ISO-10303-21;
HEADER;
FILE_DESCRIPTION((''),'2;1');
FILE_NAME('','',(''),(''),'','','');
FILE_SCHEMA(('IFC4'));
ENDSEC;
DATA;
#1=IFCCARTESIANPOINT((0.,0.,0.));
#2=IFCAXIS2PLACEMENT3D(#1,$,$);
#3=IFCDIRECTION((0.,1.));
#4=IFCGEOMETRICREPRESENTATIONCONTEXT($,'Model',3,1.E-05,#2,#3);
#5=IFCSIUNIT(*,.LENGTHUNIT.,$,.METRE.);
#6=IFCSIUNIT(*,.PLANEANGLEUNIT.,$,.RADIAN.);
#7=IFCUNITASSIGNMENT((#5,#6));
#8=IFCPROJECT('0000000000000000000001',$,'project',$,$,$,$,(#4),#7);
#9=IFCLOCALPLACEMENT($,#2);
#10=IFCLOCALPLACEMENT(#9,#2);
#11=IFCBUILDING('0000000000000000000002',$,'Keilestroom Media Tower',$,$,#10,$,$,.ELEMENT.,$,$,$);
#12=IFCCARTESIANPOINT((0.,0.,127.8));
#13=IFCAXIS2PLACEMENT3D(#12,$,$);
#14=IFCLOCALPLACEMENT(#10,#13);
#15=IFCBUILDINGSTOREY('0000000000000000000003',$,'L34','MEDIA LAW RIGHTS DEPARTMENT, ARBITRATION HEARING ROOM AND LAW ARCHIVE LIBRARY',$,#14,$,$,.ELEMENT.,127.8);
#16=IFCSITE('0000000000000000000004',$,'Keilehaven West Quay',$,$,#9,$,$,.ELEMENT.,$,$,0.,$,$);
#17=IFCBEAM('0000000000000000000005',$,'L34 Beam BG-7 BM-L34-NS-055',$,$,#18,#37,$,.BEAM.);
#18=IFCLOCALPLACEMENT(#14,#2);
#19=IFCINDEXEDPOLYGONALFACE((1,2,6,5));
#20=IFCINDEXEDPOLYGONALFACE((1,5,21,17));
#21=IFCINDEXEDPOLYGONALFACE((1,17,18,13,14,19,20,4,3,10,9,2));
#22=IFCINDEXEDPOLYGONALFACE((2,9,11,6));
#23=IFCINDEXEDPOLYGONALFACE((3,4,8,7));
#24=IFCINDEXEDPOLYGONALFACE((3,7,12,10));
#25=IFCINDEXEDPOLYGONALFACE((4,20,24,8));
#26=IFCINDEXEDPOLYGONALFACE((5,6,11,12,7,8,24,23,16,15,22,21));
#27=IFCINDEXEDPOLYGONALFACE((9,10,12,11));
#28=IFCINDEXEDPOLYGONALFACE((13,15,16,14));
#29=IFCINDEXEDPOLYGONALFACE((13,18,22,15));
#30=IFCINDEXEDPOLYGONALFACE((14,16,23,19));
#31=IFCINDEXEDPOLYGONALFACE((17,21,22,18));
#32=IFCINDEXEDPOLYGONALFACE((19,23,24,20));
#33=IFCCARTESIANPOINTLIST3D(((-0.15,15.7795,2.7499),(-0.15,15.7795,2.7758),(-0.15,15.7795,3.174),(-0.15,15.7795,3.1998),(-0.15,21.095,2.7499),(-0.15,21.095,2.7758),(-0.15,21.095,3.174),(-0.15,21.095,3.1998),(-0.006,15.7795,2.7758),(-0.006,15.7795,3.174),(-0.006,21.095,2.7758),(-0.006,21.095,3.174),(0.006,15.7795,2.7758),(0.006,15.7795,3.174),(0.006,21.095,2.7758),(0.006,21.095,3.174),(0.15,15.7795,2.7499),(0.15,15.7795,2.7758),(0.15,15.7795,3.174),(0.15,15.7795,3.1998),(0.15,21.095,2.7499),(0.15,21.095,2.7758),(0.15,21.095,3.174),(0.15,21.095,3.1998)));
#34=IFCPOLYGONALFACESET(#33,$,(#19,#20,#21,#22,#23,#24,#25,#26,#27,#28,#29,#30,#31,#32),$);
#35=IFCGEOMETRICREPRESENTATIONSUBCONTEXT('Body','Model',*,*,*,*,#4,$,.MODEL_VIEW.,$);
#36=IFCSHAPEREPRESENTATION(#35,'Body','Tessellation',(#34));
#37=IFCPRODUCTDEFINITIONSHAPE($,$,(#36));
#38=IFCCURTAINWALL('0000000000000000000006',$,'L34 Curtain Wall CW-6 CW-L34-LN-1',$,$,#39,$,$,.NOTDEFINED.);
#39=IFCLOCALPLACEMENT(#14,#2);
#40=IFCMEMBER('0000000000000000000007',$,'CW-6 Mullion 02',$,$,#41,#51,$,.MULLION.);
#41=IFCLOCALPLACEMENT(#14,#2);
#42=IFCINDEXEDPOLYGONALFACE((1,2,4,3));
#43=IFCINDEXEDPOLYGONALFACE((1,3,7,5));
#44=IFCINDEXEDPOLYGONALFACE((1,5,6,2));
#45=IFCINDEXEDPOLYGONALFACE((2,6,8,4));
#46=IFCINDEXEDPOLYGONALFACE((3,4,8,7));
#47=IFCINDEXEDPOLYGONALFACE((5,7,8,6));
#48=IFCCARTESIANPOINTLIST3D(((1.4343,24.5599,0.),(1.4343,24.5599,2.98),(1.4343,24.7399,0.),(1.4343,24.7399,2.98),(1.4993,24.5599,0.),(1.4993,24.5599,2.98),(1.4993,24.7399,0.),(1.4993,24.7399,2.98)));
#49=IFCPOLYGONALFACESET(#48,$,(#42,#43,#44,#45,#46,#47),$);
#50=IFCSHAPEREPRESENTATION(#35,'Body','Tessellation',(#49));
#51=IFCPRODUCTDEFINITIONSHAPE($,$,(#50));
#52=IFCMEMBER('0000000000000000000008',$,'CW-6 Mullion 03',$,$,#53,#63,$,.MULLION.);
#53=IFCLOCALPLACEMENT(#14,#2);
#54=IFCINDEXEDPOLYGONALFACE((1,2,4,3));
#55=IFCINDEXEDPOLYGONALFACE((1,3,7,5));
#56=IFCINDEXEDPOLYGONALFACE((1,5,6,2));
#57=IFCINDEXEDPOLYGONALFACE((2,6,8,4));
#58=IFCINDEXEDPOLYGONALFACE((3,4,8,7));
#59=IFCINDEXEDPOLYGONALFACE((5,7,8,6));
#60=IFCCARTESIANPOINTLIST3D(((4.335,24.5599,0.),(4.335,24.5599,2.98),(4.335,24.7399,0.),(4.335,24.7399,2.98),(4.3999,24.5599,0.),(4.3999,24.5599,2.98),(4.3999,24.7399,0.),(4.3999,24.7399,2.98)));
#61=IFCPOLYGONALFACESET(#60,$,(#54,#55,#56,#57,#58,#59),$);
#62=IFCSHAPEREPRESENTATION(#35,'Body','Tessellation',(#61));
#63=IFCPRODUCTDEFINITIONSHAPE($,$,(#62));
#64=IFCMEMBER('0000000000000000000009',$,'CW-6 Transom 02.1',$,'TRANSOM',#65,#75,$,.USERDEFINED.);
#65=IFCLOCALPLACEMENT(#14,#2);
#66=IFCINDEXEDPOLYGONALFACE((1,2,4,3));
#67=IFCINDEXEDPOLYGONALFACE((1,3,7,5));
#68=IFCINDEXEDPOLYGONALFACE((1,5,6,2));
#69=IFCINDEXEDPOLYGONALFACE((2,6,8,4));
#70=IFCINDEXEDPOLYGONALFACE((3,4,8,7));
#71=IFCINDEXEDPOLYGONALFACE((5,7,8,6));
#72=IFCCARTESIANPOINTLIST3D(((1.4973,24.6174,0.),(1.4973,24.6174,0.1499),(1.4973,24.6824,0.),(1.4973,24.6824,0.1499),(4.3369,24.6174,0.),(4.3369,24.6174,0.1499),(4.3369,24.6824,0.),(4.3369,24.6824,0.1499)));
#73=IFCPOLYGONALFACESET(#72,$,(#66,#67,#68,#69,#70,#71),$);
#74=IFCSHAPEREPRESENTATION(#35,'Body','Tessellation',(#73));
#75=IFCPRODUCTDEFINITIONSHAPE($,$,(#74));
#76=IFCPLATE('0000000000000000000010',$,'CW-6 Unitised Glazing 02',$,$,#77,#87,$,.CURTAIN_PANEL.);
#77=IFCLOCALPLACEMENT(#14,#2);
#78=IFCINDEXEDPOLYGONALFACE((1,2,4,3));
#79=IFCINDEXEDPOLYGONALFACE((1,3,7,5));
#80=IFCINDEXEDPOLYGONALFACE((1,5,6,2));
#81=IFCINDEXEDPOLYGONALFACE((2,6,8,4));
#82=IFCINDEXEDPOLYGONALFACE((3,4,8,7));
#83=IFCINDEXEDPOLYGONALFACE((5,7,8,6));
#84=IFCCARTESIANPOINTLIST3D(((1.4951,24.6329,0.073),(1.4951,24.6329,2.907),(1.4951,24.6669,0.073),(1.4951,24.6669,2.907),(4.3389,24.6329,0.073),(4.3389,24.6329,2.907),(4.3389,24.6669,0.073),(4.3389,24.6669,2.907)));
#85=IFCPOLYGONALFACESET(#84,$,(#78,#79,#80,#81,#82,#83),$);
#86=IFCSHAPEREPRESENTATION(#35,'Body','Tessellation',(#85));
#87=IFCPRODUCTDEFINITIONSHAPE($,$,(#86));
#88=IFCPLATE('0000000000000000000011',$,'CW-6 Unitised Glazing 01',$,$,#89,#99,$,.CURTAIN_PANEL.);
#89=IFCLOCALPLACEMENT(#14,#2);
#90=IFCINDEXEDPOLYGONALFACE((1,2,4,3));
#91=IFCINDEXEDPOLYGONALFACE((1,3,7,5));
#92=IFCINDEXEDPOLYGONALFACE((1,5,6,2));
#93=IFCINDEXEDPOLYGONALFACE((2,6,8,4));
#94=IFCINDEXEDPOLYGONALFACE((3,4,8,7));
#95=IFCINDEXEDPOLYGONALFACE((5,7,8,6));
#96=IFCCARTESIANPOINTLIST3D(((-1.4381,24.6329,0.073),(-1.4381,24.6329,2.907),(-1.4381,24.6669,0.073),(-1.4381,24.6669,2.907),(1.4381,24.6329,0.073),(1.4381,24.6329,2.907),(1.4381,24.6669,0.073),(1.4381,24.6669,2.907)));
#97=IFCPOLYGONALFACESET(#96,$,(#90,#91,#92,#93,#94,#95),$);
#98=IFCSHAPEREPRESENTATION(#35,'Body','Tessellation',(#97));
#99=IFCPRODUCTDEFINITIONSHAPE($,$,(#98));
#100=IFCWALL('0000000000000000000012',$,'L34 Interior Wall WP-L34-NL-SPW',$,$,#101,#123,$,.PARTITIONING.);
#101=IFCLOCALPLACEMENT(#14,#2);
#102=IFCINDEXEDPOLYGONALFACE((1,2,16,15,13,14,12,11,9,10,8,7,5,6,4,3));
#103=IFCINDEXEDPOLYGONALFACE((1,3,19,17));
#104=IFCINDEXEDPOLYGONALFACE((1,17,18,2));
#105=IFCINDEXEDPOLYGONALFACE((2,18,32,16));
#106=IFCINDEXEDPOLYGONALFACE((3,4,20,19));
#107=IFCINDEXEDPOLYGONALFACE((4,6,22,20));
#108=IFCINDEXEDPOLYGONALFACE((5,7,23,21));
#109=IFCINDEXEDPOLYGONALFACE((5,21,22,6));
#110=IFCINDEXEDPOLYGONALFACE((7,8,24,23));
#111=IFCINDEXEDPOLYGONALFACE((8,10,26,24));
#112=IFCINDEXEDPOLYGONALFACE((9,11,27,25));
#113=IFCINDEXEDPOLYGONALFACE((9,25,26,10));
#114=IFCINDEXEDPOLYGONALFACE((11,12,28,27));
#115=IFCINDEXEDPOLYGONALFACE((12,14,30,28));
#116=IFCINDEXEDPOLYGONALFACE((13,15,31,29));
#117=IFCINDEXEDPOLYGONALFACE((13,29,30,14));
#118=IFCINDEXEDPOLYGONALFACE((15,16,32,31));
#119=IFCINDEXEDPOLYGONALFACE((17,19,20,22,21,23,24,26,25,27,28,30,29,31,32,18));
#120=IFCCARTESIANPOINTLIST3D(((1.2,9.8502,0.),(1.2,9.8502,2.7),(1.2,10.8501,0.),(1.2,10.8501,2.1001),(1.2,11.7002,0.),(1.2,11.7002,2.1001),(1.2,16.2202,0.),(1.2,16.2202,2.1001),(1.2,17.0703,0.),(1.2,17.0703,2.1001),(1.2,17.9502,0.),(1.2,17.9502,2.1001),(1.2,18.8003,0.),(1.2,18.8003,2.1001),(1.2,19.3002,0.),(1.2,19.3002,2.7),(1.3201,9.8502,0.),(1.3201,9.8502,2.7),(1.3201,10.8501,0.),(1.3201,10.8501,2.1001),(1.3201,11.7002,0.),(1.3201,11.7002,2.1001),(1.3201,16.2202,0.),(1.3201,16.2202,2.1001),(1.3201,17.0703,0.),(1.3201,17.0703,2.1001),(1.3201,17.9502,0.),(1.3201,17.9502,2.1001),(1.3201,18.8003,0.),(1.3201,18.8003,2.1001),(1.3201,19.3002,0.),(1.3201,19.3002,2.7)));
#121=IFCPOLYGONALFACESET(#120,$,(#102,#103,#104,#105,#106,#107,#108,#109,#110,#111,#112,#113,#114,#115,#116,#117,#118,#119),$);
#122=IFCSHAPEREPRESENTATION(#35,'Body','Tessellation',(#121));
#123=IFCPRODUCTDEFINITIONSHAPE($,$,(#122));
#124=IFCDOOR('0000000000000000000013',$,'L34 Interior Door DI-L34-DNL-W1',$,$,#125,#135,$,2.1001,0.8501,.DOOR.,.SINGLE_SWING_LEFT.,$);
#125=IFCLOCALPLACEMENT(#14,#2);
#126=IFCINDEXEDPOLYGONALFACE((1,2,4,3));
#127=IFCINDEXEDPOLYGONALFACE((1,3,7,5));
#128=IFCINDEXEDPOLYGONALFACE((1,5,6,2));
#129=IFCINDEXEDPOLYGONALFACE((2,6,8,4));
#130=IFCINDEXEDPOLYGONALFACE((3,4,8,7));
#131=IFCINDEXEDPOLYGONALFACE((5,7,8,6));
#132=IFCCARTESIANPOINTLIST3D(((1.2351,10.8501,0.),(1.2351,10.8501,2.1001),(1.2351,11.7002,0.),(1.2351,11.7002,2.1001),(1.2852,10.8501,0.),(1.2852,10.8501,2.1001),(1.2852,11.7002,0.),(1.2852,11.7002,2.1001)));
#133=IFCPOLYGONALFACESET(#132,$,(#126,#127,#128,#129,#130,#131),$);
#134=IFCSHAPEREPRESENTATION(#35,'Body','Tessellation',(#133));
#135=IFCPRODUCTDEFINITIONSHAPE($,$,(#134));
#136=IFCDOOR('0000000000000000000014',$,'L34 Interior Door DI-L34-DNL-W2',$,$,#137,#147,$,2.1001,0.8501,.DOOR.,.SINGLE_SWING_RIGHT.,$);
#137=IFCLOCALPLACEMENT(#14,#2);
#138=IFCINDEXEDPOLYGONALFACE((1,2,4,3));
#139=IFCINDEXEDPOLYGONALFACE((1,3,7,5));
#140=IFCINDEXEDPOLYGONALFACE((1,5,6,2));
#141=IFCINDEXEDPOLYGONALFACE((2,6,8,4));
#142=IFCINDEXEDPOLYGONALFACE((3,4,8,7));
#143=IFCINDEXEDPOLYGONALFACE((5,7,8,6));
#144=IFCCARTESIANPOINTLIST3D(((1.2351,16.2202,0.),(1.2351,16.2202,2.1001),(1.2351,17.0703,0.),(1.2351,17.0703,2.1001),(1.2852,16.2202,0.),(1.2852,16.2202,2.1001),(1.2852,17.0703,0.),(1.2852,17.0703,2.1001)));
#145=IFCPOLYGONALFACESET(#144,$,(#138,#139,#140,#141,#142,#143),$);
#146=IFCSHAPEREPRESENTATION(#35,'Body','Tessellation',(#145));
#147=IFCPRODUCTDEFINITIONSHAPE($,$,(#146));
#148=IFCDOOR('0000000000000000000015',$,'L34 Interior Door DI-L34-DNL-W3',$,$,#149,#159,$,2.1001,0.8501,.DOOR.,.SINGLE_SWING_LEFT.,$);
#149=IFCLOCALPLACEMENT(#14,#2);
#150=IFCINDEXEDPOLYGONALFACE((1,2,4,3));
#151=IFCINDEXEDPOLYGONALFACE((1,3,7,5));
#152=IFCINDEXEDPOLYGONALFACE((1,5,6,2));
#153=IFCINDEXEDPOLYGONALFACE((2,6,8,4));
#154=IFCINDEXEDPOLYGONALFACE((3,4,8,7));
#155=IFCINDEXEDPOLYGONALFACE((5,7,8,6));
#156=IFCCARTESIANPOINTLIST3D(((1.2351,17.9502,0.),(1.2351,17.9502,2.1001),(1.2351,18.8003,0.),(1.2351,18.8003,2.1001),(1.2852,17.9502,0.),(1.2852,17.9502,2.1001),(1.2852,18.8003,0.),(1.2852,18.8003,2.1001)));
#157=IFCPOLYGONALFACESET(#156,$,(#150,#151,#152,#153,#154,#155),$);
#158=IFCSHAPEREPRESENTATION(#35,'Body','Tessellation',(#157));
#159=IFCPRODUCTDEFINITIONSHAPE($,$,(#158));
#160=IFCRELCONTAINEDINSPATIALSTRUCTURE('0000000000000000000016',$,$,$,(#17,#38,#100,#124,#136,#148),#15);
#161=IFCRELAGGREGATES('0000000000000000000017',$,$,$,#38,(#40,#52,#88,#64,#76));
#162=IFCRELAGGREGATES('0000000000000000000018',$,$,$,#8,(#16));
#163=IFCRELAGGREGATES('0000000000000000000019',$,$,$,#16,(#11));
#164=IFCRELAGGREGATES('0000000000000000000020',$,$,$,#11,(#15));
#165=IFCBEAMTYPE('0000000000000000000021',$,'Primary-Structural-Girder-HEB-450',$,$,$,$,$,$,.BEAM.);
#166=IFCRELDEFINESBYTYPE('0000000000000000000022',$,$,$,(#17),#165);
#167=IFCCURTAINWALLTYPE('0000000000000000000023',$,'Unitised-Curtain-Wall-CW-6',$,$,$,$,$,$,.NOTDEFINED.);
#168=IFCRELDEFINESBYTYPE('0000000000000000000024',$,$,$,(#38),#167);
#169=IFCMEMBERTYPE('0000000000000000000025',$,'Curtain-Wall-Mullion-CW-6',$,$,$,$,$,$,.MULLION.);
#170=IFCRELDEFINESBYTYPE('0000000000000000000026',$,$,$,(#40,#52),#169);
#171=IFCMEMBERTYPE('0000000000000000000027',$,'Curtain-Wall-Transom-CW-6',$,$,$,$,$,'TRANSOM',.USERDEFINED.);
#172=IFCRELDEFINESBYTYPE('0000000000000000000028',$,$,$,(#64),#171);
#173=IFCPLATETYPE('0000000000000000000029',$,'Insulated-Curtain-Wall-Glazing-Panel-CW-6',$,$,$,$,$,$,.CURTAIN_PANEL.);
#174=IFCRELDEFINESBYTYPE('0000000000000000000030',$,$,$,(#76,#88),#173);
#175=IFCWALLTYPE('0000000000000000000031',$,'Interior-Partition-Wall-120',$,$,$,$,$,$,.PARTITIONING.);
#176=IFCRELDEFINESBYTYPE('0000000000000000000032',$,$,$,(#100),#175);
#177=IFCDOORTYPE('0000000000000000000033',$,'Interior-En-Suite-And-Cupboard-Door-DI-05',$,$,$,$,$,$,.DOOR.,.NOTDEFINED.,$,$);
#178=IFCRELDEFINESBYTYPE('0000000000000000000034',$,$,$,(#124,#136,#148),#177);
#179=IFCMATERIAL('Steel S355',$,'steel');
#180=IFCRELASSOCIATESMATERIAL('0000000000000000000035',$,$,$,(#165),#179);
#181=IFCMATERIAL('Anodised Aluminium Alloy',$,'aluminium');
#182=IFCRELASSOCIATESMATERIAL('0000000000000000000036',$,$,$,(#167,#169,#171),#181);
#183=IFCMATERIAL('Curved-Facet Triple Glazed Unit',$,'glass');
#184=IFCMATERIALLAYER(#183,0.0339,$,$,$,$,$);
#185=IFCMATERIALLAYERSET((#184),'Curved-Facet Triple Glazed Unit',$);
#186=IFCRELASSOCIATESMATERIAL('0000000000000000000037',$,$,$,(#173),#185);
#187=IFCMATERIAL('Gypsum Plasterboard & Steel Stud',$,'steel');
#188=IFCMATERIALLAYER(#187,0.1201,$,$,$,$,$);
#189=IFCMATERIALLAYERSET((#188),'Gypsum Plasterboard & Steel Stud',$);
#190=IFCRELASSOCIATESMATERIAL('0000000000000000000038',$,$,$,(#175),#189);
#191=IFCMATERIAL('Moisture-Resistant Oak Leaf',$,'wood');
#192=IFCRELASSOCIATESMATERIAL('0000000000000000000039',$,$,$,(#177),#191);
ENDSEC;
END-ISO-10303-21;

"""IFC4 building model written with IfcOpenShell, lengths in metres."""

from ifc_helpers import new_model, si_unit, direction, frame, frame_2d, origin, origin_2d, place, context, subcontext, project, spatial, rectangle, i_section, extrude, source, transform, mapped, material, layer, layer_set, material_profile, profile_set, type_object, element, fill, aggregate, save


model = new_model("IFC4")

# Units and contexts
model_context = context("Model", 3, precision=1e-05, world=origin(), true_north=direction((0.0, 1.0)))
body_context = subcontext(model_context, "Body", "Model", "MODEL_VIEW")
ifc_project = project(units=[si_unit("LENGTHUNIT", "METRE"), si_unit("PLANEANGLEUNIT", "RADIAN")], contexts=[model_context])

# Site, building, storey
site_placement = place(None, origin())
site = spatial("IfcSite", under=ifc_project, at=site_placement, Name="Keilehaven West Quay", CompositionType="ELEMENT", RefElevation=0.0)
building_placement = place(site_placement, origin())
building = spatial("IfcBuilding", under=site, at=building_placement, Name="Keilestroom Media Tower", CompositionType="ELEMENT")
storey_placement = place(building_placement, frame((0.0, 0.0, 127.8)))
storey = spatial("IfcBuildingStorey", under=building, at=storey_placement, Name="L34", Description="MEDIA LAW RIGHTS DEPARTMENT, ARBITRATION HEARING ROOM AND LAW ARCHIVE LIBRARY", CompositionType="ELEMENT", Elevation=127.8)

# Shared definitions
ifc_material_1 = material(Name="Steel S355", Category="steel")

# Beam
ifc_material_profile_1 = material_profile(ifc_material_1, i_section(OverallWidth=0.3, OverallDepth=0.45, WebThickness=0.012, FlangeThickness=0.0259, at=origin_2d()), Name="HEB 450")
ifc_profile_set_1 = profile_set([ifc_material_profile_1], Name="Steel S355")
beam_type_1 = type_object("IfcBeamType", Name="Primary-Structural-Girder-HEB-450", PredefinedType="BEAM", material=ifc_profile_set_1)
shared_shape_1 = source(origin(), body_context, "Body", "SweptSolid", [
    extrude(i_section(OverallWidth=0.3, OverallDepth=0.45, WebThickness=0.012, FlangeThickness=0.0259, at=origin_2d()), origin(), (0.0, 0.0, 1.0), 5.3154),
])
beam_1_placement = place(storey_placement, frame((0.0, 15.7795, 2.9749), z_axis=(0.0, 1.0, 0.0), x_axis=(-1.0, 0.0, 0.0)))
element("IfcBeam", 1, at=beam_1_placement, inside=storey, type_object=beam_type_1, Name="L34 Beam BG-7 BM-L34-NS-055", PredefinedType="BEAM", context=body_context, shape_type="MappedRepresentation", body=[
    mapped(shared_shape_1, transform((0.0, 0.0, 0.0), x_axis=(1.0, 0.0, 0.0), y_axis=(0.0, 1.0, 0.0), z_axis=(0.0, 0.0, 1.0), scale=1.0)),
])

# Curtain wall, members, plates
ifc_material_2 = material(Name="Anodised Aluminium Alloy", Category="aluminium")
curtain_wall_type = type_object("IfcCurtainWallType", Name="Unitised-Curtain-Wall-CW-6", PredefinedType="NOTDEFINED", material=ifc_material_2)
curtain_wall_placement = place(storey_placement, origin())
curtain_wall = element("IfcCurtainWall", 2, at=curtain_wall_placement, inside=storey, type_object=curtain_wall_type, Name="L34 Curtain Wall CW-6 CW-L34-LN-1", PredefinedType="NOTDEFINED")
ifc_material_profile_2 = material_profile(ifc_material_2, rectangle(XDim=0.0649, YDim=0.1799, at=origin_2d()), Name="ALU MULLION 65x180")
ifc_profile_set_2 = profile_set([ifc_material_profile_2], Name="Anodised Aluminium Alloy")
member_type_1 = type_object("IfcMemberType", Name="Curtain-Wall-Mullion-CW-6", PredefinedType="MULLION", material=ifc_profile_set_2)
shared_shape_2 = source(origin(), body_context, "Body", "SweptSolid", [
    extrude(rectangle(XDim=0.0649, YDim=0.1799, at=origin_2d()), origin(), (0.0, 0.0, 1.0), 2.98),
])
member_1_placement = place(storey_placement, frame((1.4668, 24.6499, 0.0), z_axis=(0.0, 0.0, 1.0), x_axis=(1.0, 0.0, 0.0)))
member_1 = element("IfcMember", 3, at=member_1_placement, type_object=member_type_1, Name="CW-6 Mullion 02", PredefinedType="MULLION", context=body_context, shape_type="MappedRepresentation", body=[
    mapped(shared_shape_2, transform((0.0, 0.0, 0.0), x_axis=(1.0, 0.0, 0.0), y_axis=(0.0, 1.0, 0.0), z_axis=(0.0, 0.0, 1.0), scale=1.0)),
])
member_2_placement = place(storey_placement, frame((4.3674, 24.6499, 0.0), z_axis=(0.0, 0.0, 1.0), x_axis=(1.0, 0.0, 0.0)))
member_2 = element("IfcMember", 4, at=member_2_placement, type_object=member_type_1, Name="CW-6 Mullion 03", PredefinedType="MULLION", context=body_context, shape_type="MappedRepresentation", body=[
    mapped(shared_shape_2, transform((0.0, 0.0, 0.0), x_axis=(1.0, 0.0, 0.0), y_axis=(0.0, 1.0, 0.0), z_axis=(0.0, 0.0, 1.0), scale=1.0)),
])
ifc_material_profile_3 = material_profile(ifc_material_2, rectangle(XDim=0.0649, YDim=0.1499, at=origin_2d()), Name="ALU TRANSOM 65x150")
ifc_profile_set_3 = profile_set([ifc_material_profile_3], Name="Anodised Aluminium Alloy")
member_type_2 = type_object("IfcMemberType", Name="Curtain-Wall-Transom-CW-6", ElementType="TRANSOM", PredefinedType="USERDEFINED", material=ifc_profile_set_3)
shared_shape_3 = source(origin(), body_context, "Body", "SweptSolid", [
    extrude(rectangle(XDim=0.0649, YDim=0.1499, at=origin_2d()), origin(), (0.0, 0.0, 1.0), 2.8396),
])
member_3_placement = place(storey_placement, frame((1.4973, 24.6499, 0.075), z_axis=(1.0, 0.0, 0.0), x_axis=(0.0, 1.0, 0.0)))
member_3 = element("IfcMember", 5, at=member_3_placement, type_object=member_type_2, Name="CW-6 Transom 02.1", ObjectType="TRANSOM", PredefinedType="USERDEFINED", context=body_context, shape_type="MappedRepresentation", body=[
    mapped(shared_shape_3, transform((0.0, 0.0, 0.0), x_axis=(1.0, 0.0, 0.0), y_axis=(0.0, 1.0, 0.0), z_axis=(0.0, 0.0, 1.0), scale=1.0)),
])
ifc_material_3 = material(Name="Curved-Facet Triple Glazed Unit", Category="glass")
ifc_layer_1 = layer(ifc_material_3, 0.0339)
ifc_layer_set_1 = layer_set([ifc_layer_1], Name="Curved-Facet Triple Glazed Unit")
plate_type = type_object("IfcPlateType", Name="Insulated-Curtain-Wall-Glazing-Panel-CW-6", PredefinedType="CURTAIN_PANEL", material=ifc_layer_set_1)
shared_shape_4 = source(origin(), body_context, "Body", "SweptSolid", [
    extrude(rectangle(XDim=2.8438, YDim=0.0339, at=origin_2d()), origin(), (0.0, 0.0, 1.0), 2.834),
])
plate_1_placement = place(storey_placement, frame((2.917, 24.6499, 0.073), z_axis=(0.0, 0.0, 1.0), x_axis=(1.0, 0.0, 0.0)))
plate_1 = element("IfcPlate", 6, at=plate_1_placement, type_object=plate_type, Name="CW-6 Unitised Glazing 02", PredefinedType="CURTAIN_PANEL", context=body_context, shape_type="MappedRepresentation", body=[
    mapped(shared_shape_4, transform((0.0, 0.0, 0.0), x_axis=(1.0, 0.0, 0.0), y_axis=(0.0, 1.0, 0.0), z_axis=(0.0, 0.0, 1.0), scale=1.0)),
])
shared_shape_5 = source(origin(), body_context, "Body", "SweptSolid", [
    extrude(rectangle(XDim=2.8762, YDim=0.0339, at=origin_2d()), origin(), (0.0, 0.0, 1.0), 2.834),
])
plate_2_placement = place(storey_placement, frame((0.0, 24.6499, 0.073), z_axis=(0.0, 0.0, 1.0), x_axis=(1.0, 0.0, 0.0)))
plate_2 = element("IfcPlate", 7, at=plate_2_placement, type_object=plate_type, Name="CW-6 Unitised Glazing 01", PredefinedType="CURTAIN_PANEL", context=body_context, shape_type="MappedRepresentation", body=[
    mapped(shared_shape_5, transform((0.0, 0.0, 0.0), x_axis=(1.0, 0.0, 0.0), y_axis=(0.0, 1.0, 0.0), z_axis=(0.0, 0.0, 1.0), scale=1.0)),
])
aggregate(curtain_wall, [member_1, member_2, plate_2, member_3, plate_1])

# Wall, openings, doors
ifc_material_4 = material(Name="Gypsum Plasterboard & Steel Stud", Category="steel")
ifc_layer_2 = layer(ifc_material_4, 0.1201)
ifc_layer_set_2 = layer_set([ifc_layer_2], Name="Gypsum Plasterboard & Steel Stud")
wall_type_1 = type_object("IfcWallType", Name="Interior-Partition-Wall-120", PredefinedType="PARTITIONING", material=ifc_layer_set_2)
wall_1_placement = place(storey_placement, frame((1.26, 9.8501, 0.0), z_axis=(0.0, 0.0, 1.0), x_axis=(0.0, 1.0, 0.0)))
wall_1 = element("IfcWall", 8, at=wall_1_placement, inside=storey, type_object=wall_type_1, Name="L34 Interior Wall WP-L34-NL-SPW", PredefinedType="PARTITIONING", context=body_context, shape_type="SweptSolid", body=[
    extrude(rectangle(XDim=9.45, YDim=0.1201, at=frame_2d((4.7251, 0.0))), origin(), (0.0, 0.0, 1.0), 2.7),
])
opening_1_placement = place(wall_1_placement, frame((1.0, 0.0, 0.0)))
opening_1 = element("IfcOpeningElement", 9, at=opening_1_placement, cuts=wall_1, PredefinedType="OPENING", context=body_context, shape_type="SweptSolid", body=[
    extrude(rectangle(XDim=0.8501, YDim=2.1001, at=frame_2d((0.425, 1.05))), frame((0.0, 0.0701, 0.0), z_axis=(0.0, -1.0, 0.0), x_axis=(1.0, 0.0, 0.0)), (0.0, 0.0, 1.0), 0.1401),
])
opening_2_placement = place(wall_1_placement, frame((6.3701, 0.0, 0.0)))
opening_2 = element("IfcOpeningElement", 10, at=opening_2_placement, cuts=wall_1, PredefinedType="OPENING", context=body_context, shape_type="SweptSolid", body=[
    extrude(rectangle(XDim=0.8501, YDim=2.1001, at=frame_2d((0.425, 1.05))), frame((0.0, 0.0701, 0.0), z_axis=(0.0, -1.0, 0.0), x_axis=(1.0, 0.0, 0.0)), (0.0, 0.0, 1.0), 0.1401),
])
opening_3_placement = place(wall_1_placement, frame((8.1001, 0.0, 0.0)))
opening_3 = element("IfcOpeningElement", 11, at=opening_3_placement, cuts=wall_1, PredefinedType="OPENING", context=body_context, shape_type="SweptSolid", body=[
    extrude(rectangle(XDim=0.8501, YDim=2.1001, at=frame_2d((0.425, 1.05))), frame((0.0, 0.0701, 0.0), z_axis=(0.0, -1.0, 0.0), x_axis=(1.0, 0.0, 0.0)), (0.0, 0.0, 1.0), 0.1401),
])
ifc_material_5 = material(Name="Moisture-Resistant Oak Leaf", Category="wood")
door_type_1 = type_object("IfcDoorType", Name="Interior-En-Suite-And-Cupboard-Door-DI-05", OperationType="NOTDEFINED", PredefinedType="DOOR", material=ifc_material_5)
shared_shape_6 = source(origin(), body_context, "Body", "SweptSolid", [
    extrude(rectangle(XDim=0.8501, YDim=2.1001, at=frame_2d((0.425, 1.05))), frame((0.0, 0.0249, 0.0), z_axis=(0.0, -1.0, 0.0), x_axis=(1.0, 0.0, 0.0)), (0.0, 0.0, 1.0), 0.05),
])
door_1_placement = place(opening_1_placement, origin())
door_1 = element("IfcDoor", 12, at=door_1_placement, inside=storey, type_object=door_type_1, Name="L34 Interior Door DI-L34-DNL-W1", OperationType="SINGLE_SWING_LEFT", OverallHeight=2.1001, OverallWidth=0.8501, PredefinedType="DOOR", context=body_context, shape_type="MappedRepresentation", body=[
    mapped(shared_shape_6, transform((0.0, 0.0, 0.0), x_axis=(1.0, 0.0, 0.0), y_axis=(0.0, 1.0, 0.0), z_axis=(0.0, 0.0, 1.0), scale=1.0)),
])
fill(opening_1, door_1)
door_2_placement = place(opening_2_placement, origin())
door_2 = element("IfcDoor", 13, at=door_2_placement, inside=storey, type_object=door_type_1, Name="L34 Interior Door DI-L34-DNL-W2", OperationType="SINGLE_SWING_RIGHT", OverallHeight=2.1001, OverallWidth=0.8501, PredefinedType="DOOR", context=body_context, shape_type="MappedRepresentation", body=[
    mapped(shared_shape_6, transform((0.0, 0.0, 0.0), x_axis=(1.0, 0.0, 0.0), y_axis=(0.0, 1.0, 0.0), z_axis=(0.0, 0.0, 1.0), scale=1.0)),
])
fill(opening_2, door_2)
door_3_placement = place(opening_3_placement, origin())
door_3 = element("IfcDoor", 14, at=door_3_placement, inside=storey, type_object=door_type_1, Name="L34 Interior Door DI-L34-DNL-W3", OperationType="SINGLE_SWING_LEFT", OverallHeight=2.1001, OverallWidth=0.8501, PredefinedType="DOOR", context=body_context, shape_type="MappedRepresentation", body=[
    mapped(shared_shape_6, transform((0.0, 0.0, 0.0), x_axis=(1.0, 0.0, 0.0), y_axis=(0.0, 1.0, 0.0), z_axis=(0.0, 0.0, 1.0), scale=1.0)),
])
fill(opening_3, door_3)

save(model, "model.ifc")
